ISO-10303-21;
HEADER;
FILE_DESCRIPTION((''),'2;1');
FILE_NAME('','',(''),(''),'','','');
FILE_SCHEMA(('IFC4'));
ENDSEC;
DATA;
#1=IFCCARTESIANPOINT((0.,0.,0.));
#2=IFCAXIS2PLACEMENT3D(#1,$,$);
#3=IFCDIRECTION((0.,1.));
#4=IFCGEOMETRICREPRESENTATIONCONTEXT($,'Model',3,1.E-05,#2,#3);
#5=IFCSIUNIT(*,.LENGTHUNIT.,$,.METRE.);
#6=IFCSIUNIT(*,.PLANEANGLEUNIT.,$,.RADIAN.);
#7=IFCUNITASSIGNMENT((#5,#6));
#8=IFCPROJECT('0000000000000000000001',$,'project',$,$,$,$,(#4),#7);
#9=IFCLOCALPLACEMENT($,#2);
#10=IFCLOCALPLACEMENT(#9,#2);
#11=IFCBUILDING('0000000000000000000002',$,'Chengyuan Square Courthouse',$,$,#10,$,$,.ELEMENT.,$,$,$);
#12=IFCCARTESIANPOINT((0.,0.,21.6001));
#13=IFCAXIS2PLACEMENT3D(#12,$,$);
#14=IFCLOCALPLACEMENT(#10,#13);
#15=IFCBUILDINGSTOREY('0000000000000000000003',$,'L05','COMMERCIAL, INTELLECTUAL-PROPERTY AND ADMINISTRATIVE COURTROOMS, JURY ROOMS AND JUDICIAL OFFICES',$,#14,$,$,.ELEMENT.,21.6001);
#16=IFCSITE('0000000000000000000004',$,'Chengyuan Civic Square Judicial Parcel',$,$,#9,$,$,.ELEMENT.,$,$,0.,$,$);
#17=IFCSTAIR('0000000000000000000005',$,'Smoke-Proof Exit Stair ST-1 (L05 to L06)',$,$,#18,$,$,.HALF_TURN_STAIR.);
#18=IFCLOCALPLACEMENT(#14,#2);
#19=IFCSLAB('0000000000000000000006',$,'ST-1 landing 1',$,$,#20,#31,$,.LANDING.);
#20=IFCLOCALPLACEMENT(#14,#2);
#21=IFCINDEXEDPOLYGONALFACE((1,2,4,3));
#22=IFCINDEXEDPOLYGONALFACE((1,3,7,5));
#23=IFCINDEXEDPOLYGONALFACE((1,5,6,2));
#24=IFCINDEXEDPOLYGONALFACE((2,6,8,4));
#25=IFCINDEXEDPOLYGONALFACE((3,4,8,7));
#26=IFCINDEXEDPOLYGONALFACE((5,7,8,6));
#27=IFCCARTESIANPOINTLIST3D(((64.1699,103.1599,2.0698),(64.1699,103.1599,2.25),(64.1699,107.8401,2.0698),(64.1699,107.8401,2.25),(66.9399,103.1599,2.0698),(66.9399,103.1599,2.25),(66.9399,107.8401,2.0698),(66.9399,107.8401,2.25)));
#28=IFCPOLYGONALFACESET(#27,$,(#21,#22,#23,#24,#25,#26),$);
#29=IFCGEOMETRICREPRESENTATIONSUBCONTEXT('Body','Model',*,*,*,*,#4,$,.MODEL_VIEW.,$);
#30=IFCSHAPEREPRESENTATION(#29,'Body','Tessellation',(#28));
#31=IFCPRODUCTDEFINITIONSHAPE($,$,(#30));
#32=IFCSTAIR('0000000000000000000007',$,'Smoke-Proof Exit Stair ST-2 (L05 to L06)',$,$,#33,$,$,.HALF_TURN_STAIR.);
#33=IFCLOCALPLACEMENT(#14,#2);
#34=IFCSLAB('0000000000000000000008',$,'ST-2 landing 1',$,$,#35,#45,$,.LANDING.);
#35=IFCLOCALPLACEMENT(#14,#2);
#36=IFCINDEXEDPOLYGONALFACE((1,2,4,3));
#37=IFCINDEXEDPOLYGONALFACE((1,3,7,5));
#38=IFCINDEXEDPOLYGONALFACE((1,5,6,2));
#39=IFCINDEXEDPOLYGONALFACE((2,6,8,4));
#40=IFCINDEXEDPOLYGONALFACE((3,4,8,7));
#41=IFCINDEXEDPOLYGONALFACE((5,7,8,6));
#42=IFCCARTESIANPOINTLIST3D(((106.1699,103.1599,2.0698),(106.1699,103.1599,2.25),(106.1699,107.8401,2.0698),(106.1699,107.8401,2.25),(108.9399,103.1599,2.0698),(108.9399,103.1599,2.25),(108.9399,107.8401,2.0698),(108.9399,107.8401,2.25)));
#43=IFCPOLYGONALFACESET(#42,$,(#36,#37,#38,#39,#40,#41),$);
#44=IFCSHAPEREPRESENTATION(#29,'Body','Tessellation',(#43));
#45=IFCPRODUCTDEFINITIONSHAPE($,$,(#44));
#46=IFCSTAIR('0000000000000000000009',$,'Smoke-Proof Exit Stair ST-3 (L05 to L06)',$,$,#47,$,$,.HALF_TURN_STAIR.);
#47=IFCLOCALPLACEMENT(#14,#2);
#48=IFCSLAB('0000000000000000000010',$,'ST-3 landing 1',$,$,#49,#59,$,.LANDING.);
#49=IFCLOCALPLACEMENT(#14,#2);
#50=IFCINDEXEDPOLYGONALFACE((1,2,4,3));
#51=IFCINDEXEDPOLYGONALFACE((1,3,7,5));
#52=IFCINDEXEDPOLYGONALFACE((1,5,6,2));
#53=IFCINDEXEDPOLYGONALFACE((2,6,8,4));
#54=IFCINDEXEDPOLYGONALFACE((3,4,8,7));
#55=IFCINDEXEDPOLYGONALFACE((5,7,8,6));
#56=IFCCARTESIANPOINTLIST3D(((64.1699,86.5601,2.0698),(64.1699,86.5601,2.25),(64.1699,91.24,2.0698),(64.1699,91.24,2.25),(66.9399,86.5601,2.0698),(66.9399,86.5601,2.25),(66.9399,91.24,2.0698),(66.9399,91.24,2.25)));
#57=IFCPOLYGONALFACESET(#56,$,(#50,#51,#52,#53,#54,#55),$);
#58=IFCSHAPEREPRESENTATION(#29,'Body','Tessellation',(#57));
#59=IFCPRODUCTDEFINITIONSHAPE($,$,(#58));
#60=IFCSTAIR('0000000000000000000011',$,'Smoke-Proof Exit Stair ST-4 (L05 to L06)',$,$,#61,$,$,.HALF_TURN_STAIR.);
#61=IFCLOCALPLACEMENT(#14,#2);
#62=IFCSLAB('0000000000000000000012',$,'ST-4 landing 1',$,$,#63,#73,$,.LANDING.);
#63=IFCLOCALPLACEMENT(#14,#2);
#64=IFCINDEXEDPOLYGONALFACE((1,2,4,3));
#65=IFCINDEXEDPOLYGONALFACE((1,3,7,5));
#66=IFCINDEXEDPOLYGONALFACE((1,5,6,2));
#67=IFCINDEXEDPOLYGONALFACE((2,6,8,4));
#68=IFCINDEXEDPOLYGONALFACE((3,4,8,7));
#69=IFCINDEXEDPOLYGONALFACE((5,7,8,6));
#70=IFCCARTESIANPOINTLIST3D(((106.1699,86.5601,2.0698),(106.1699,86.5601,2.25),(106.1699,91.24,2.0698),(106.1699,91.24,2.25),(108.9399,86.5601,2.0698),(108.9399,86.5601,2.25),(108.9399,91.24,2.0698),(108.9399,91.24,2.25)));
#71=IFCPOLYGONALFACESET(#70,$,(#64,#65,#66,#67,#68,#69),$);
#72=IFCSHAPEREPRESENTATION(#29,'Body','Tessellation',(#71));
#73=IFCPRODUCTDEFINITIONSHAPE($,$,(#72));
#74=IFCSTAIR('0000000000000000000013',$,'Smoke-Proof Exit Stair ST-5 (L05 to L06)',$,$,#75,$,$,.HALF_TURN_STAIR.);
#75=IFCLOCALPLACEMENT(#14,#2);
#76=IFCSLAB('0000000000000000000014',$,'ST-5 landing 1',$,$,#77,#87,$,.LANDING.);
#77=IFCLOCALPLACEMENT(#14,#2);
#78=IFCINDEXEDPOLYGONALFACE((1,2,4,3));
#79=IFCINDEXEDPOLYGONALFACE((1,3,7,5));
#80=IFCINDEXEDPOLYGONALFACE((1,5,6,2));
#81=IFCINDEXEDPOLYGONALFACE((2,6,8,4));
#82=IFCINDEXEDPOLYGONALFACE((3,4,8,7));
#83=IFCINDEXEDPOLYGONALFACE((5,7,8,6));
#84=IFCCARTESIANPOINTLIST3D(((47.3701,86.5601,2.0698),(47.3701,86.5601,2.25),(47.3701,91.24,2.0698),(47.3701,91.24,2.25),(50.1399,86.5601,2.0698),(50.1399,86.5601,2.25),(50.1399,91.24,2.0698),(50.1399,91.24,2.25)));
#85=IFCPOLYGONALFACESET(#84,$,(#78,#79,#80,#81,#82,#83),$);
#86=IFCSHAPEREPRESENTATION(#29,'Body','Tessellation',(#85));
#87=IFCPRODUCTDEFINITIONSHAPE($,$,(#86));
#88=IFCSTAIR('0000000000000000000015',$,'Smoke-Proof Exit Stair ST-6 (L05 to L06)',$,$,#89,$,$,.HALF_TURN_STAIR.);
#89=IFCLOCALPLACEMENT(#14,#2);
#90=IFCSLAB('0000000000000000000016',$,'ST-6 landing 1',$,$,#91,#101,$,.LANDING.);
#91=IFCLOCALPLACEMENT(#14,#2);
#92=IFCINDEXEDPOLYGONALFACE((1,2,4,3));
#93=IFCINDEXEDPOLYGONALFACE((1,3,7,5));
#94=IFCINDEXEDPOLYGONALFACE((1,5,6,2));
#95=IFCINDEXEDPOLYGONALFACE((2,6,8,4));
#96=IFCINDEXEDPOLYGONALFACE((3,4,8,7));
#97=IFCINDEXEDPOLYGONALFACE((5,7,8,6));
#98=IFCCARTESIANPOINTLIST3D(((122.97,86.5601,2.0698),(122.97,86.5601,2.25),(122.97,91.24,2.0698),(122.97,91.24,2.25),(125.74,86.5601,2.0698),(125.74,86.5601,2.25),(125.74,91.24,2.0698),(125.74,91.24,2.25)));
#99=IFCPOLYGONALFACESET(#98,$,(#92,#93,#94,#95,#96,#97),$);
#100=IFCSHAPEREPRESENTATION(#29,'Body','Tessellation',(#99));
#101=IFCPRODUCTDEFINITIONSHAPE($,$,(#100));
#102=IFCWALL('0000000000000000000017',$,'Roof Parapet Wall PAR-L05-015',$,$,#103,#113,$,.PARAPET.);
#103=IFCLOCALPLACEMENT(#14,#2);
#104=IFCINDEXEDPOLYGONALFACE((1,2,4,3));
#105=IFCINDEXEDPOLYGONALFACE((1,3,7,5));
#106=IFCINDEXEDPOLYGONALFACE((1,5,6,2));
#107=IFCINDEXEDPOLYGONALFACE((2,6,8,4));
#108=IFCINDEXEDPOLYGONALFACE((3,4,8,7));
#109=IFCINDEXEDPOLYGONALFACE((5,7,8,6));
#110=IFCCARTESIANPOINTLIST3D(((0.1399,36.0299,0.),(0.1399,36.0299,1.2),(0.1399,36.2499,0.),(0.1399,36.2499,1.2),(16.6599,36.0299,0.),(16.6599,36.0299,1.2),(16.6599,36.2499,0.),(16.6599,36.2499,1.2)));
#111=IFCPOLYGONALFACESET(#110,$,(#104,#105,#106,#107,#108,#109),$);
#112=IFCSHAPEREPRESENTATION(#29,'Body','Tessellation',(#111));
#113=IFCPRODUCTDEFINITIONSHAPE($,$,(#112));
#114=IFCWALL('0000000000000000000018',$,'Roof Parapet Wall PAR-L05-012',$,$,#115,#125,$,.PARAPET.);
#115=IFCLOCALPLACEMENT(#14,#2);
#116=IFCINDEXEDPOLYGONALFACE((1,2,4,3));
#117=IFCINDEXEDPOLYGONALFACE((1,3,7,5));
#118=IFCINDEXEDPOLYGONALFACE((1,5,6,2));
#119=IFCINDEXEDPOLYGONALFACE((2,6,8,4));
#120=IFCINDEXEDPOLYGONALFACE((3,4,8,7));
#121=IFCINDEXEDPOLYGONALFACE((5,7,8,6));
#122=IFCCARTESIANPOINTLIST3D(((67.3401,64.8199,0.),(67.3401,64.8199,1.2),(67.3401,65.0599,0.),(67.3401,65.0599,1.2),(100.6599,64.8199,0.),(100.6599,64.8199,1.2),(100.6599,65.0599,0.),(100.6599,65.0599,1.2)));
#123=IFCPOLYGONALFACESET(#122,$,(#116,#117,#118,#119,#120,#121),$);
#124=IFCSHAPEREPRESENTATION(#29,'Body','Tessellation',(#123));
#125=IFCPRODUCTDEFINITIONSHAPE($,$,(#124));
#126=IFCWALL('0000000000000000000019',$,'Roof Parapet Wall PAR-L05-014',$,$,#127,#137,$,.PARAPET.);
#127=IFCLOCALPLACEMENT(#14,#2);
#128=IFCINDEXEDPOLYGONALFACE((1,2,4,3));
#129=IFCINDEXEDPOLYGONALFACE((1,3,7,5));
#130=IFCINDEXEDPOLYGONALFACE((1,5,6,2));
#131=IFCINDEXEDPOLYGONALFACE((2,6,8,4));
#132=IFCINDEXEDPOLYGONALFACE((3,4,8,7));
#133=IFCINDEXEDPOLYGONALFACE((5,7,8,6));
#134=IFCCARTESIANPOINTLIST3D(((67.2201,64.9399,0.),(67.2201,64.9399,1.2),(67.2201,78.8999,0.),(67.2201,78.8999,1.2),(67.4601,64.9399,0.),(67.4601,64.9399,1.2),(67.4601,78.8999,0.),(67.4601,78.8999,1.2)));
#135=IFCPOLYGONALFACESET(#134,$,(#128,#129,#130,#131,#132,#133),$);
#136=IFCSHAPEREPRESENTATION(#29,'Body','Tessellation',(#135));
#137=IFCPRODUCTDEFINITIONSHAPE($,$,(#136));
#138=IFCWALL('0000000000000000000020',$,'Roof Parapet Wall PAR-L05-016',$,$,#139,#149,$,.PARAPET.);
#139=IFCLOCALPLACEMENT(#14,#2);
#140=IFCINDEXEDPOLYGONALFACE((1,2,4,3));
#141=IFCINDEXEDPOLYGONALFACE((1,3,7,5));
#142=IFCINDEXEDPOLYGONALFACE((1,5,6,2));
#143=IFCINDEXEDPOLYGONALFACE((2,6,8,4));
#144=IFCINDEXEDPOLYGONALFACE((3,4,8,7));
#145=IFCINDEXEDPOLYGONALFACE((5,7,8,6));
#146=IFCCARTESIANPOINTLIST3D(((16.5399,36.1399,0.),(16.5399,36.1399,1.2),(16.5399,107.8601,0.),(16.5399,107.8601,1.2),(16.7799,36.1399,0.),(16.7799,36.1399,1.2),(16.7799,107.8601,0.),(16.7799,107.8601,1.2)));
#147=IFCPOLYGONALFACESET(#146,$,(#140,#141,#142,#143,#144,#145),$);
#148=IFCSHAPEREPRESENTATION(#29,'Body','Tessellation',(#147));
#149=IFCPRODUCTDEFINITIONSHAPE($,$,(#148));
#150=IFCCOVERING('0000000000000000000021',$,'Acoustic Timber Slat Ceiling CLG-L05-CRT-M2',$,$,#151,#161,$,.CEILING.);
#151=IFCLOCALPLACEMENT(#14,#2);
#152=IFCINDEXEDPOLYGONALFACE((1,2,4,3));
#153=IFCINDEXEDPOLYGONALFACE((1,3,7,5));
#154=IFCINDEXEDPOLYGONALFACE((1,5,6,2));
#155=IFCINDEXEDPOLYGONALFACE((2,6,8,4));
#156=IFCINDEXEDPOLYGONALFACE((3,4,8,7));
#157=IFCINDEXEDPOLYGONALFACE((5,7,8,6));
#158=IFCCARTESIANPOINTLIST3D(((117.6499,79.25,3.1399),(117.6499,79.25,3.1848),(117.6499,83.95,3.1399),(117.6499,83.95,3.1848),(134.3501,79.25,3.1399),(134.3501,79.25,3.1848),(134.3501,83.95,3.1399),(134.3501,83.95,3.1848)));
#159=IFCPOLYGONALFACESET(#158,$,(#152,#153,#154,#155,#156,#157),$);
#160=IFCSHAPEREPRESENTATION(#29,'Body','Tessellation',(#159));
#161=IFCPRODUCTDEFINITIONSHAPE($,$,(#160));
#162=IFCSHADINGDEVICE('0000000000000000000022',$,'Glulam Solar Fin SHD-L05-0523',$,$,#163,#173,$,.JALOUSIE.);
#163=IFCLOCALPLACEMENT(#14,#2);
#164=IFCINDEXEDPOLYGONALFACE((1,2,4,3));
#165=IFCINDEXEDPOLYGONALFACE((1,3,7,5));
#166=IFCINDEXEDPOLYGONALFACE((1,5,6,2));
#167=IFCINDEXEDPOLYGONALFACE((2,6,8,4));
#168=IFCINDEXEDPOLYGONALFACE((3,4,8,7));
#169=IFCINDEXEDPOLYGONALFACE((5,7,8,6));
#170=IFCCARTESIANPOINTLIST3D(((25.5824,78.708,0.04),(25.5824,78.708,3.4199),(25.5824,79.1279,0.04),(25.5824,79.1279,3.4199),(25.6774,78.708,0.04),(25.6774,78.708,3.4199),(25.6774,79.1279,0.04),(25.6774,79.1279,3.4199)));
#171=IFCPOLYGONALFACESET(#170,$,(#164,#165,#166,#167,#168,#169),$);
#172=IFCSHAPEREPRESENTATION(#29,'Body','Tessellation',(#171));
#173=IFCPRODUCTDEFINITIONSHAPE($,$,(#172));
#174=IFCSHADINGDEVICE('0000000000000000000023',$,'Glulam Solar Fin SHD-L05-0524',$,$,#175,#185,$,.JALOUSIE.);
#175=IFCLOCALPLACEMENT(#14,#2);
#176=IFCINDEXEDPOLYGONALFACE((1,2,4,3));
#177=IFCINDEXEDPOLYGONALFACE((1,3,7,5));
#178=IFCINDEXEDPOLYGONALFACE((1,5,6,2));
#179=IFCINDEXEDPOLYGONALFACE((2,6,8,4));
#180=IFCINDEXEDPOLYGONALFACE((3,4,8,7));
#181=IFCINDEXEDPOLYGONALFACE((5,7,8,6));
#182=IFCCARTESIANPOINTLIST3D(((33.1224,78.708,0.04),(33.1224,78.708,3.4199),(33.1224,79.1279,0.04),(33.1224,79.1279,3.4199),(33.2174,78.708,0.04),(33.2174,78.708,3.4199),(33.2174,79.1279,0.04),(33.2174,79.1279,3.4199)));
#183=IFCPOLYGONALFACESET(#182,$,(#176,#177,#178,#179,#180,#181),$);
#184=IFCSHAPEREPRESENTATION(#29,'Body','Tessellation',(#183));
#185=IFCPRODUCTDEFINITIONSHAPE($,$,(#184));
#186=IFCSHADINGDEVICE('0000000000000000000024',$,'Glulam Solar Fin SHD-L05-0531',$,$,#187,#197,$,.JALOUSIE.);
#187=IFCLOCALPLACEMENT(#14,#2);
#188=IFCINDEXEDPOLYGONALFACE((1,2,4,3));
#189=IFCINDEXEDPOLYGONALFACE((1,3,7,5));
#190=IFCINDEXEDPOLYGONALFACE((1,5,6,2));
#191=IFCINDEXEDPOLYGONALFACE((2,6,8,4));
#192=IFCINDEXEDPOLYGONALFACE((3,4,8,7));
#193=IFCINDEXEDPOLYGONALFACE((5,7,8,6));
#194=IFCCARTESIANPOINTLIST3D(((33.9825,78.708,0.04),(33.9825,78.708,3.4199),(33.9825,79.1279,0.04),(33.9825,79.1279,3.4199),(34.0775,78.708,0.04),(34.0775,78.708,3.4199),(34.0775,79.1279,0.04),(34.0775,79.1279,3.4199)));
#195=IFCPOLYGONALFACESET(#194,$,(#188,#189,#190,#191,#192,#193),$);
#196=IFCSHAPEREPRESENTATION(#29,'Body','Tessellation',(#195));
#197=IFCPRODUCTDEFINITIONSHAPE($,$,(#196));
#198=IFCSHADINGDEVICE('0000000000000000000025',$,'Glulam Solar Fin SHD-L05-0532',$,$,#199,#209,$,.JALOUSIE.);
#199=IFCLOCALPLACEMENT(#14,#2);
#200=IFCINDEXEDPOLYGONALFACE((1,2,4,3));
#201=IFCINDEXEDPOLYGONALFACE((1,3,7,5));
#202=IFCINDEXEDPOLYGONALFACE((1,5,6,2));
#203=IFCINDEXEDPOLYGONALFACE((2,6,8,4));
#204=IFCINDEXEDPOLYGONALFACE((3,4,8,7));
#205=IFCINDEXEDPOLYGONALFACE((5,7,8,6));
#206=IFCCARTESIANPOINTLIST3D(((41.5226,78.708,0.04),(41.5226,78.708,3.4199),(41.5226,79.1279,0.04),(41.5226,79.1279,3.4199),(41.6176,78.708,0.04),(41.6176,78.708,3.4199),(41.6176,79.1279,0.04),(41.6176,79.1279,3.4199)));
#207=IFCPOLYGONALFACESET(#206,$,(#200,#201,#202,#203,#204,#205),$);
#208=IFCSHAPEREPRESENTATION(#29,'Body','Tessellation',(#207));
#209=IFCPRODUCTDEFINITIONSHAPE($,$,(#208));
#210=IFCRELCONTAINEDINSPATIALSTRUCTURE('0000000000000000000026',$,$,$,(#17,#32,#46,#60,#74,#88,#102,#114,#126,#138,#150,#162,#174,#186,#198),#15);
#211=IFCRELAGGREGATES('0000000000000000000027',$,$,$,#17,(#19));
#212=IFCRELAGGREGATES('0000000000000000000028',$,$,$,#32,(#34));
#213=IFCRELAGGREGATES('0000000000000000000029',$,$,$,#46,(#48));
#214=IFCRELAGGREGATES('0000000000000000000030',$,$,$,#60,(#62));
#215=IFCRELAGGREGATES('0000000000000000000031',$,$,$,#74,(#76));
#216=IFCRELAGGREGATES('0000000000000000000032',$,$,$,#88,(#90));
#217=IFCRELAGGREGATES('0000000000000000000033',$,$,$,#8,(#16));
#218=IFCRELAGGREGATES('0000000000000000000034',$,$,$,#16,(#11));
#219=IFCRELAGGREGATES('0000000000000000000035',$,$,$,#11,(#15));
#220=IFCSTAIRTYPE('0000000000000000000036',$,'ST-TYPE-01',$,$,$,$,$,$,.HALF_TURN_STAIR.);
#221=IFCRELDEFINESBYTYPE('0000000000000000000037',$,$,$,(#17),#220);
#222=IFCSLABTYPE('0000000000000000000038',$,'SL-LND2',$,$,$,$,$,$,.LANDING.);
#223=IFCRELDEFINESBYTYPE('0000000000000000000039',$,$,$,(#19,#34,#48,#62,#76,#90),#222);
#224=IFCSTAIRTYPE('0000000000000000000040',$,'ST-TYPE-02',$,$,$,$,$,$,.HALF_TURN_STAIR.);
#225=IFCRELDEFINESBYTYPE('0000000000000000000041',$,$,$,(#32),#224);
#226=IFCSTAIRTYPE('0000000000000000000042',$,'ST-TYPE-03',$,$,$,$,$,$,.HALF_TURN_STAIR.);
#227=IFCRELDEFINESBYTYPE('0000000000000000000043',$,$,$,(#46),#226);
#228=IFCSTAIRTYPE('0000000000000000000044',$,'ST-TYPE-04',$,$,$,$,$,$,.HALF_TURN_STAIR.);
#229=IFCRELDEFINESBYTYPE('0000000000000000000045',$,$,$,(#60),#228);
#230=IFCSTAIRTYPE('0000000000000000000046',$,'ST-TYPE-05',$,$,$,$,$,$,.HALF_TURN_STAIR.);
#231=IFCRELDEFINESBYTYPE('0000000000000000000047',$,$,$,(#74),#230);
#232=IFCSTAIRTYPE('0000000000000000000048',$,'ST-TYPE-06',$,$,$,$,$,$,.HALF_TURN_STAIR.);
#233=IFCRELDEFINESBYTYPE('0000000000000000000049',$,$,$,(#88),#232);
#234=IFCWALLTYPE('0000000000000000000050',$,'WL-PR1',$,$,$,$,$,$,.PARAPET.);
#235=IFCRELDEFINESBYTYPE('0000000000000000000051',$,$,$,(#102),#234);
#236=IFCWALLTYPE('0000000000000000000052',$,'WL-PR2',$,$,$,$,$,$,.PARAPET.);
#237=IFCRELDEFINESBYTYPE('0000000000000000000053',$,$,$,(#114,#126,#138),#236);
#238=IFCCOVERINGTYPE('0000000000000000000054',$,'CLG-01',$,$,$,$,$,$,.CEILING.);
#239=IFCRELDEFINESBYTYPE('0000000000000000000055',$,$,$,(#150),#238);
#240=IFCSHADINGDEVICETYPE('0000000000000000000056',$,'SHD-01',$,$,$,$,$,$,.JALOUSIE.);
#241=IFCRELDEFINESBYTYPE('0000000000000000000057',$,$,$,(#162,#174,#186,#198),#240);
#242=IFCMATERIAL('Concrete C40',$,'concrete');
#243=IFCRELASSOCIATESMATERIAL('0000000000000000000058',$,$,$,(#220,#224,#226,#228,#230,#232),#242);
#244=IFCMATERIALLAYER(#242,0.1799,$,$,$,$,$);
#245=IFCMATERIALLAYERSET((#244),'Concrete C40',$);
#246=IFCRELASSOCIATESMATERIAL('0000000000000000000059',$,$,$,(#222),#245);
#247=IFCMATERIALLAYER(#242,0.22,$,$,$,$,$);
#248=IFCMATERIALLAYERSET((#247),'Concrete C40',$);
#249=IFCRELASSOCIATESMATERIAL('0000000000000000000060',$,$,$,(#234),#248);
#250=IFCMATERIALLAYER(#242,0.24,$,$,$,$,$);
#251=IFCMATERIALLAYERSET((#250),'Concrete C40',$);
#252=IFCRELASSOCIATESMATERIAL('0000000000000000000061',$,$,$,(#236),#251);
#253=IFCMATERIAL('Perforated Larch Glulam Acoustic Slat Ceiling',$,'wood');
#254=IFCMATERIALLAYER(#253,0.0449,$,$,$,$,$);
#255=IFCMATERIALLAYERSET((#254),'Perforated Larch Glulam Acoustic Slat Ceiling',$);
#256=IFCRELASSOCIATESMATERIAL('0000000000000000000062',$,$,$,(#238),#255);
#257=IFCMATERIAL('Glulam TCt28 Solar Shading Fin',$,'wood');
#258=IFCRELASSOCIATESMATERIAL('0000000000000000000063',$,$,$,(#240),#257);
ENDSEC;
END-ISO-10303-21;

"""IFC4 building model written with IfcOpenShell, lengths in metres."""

from ifc_helpers import new_model, si_unit, direction, frame, frame_2d, origin, origin_2d, place, context, subcontext, project, spatial, polyline, rectangle, outline, extrude, material, layer, layer_set, type_object, element, aggregate, save


model = new_model("IFC4")

# Units and contexts
model_context = context("Model", 3, precision=1e-05, world=origin(), true_north=direction((0.0, 1.0)))
body_context = subcontext(model_context, "Body", "Model", "MODEL_VIEW")
ifc_project = project(units=[si_unit("LENGTHUNIT", "METRE"), si_unit("PLANEANGLEUNIT", "RADIAN")], contexts=[model_context])

# Site, building, storey
site_placement = place(None, origin())
site = spatial("IfcSite", under=ifc_project, at=site_placement, Name="Chengyuan Civic Square Judicial Parcel", CompositionType="ELEMENT", RefElevation=0.0)
building_placement = place(site_placement, origin())
building = spatial("IfcBuilding", under=site, at=building_placement, Name="Chengyuan Square Courthouse", CompositionType="ELEMENT")
storey_placement = place(building_placement, frame((0.0, 0.0, 21.6001)))
storey = spatial("IfcBuildingStorey", under=building, at=storey_placement, Name="L05", Description="COMMERCIAL, INTELLECTUAL-PROPERTY AND ADMINISTRATIVE COURTROOMS, JURY ROOMS AND JUDICIAL OFFICES", CompositionType="ELEMENT", Elevation=21.6001)

# Stairs, slabs
ifc_material_1 = material(Name="Concrete C40", Category="concrete")
stair_type_1 = type_object("IfcStairType", Name="ST-TYPE-01", PredefinedType="HALF_TURN_STAIR", material=ifc_material_1)
stair_1_placement = place(storey_placement, origin())
stair_1 = element("IfcStair", 1, at=stair_1_placement, inside=storey, type_object=stair_type_1, Name="Smoke-Proof Exit Stair ST-1 (L05 to L06)", PredefinedType="HALF_TURN_STAIR")
ifc_layer_1 = layer(ifc_material_1, 0.1799)
ifc_layer_set_1 = layer_set([ifc_layer_1], Name="Concrete C40")
slab_type = type_object("IfcSlabType", Name="SL-LND2", PredefinedType="LANDING", material=ifc_layer_set_1)
slab_1_placement = place(storey_placement, frame((0.0, 0.0, 2.0698)))
slab_1 = element("IfcSlab", 2, at=slab_1_placement, type_object=slab_type, Name="ST-1 landing 1", PredefinedType="LANDING", context=body_context, shape_type="SweptSolid", body=[
    extrude(outline(polyline([(64.1699, 103.1599), (66.9399, 103.1599), (66.9399, 107.8401), (64.1699, 107.8401), (64.1699, 103.1599)])), origin(), (0.0, 0.0, 1.0), 0.1802),
])
aggregate(stair_1, [slab_1])
stair_type_2 = type_object("IfcStairType", Name="ST-TYPE-02", PredefinedType="HALF_TURN_STAIR", material=ifc_material_1)
stair_2_placement = place(storey_placement, origin())
stair_2 = element("IfcStair", 3, at=stair_2_placement, inside=storey, type_object=stair_type_2, Name="Smoke-Proof Exit Stair ST-2 (L05 to L06)", PredefinedType="HALF_TURN_STAIR")
slab_2_placement = place(storey_placement, frame((0.0, 0.0, 2.0698)))
slab_2 = element("IfcSlab", 4, at=slab_2_placement, type_object=slab_type, Name="ST-2 landing 1", PredefinedType="LANDING", context=body_context, shape_type="SweptSolid", body=[
    extrude(outline(polyline([(106.1699, 103.1599), (108.9399, 103.1599), (108.9399, 107.8401), (106.1699, 107.8401), (106.1699, 103.1599)])), origin(), (0.0, 0.0, 1.0), 0.1802),
])
aggregate(stair_2, [slab_2])
stair_type_3 = type_object("IfcStairType", Name="ST-TYPE-03", PredefinedType="HALF_TURN_STAIR", material=ifc_material_1)
stair_3_placement = place(storey_placement, origin())
stair_3 = element("IfcStair", 5, at=stair_3_placement, inside=storey, type_object=stair_type_3, Name="Smoke-Proof Exit Stair ST-3 (L05 to L06)", PredefinedType="HALF_TURN_STAIR")
slab_3_placement = place(storey_placement, frame((0.0, 0.0, 2.0698)))
slab_3 = element("IfcSlab", 6, at=slab_3_placement, type_object=slab_type, Name="ST-3 landing 1", PredefinedType="LANDING", context=body_context, shape_type="SweptSolid", body=[
    extrude(outline(polyline([(64.1699, 86.5601), (66.9399, 86.5601), (66.9399, 91.24), (64.1699, 91.24), (64.1699, 86.5601)])), origin(), (0.0, 0.0, 1.0), 0.1802),
])
aggregate(stair_3, [slab_3])
stair_type_4 = type_object("IfcStairType", Name="ST-TYPE-04", PredefinedType="HALF_TURN_STAIR", material=ifc_material_1)
stair_4_placement = place(storey_placement, origin())
stair_4 = element("IfcStair", 7, at=stair_4_placement, inside=storey, type_object=stair_type_4, Name="Smoke-Proof Exit Stair ST-4 (L05 to L06)", PredefinedType="HALF_TURN_STAIR")
slab_4_placement = place(storey_placement, frame((0.0, 0.0, 2.0698)))
slab_4 = element("IfcSlab", 8, at=slab_4_placement, type_object=slab_type, Name="ST-4 landing 1", PredefinedType="LANDING", context=body_context, shape_type="SweptSolid", body=[
    extrude(outline(polyline([(106.1699, 86.5601), (108.9399, 86.5601), (108.9399, 91.24), (106.1699, 91.24), (106.1699, 86.5601)])), origin(), (0.0, 0.0, 1.0), 0.1802),
])
aggregate(stair_4, [slab_4])
stair_type_5 = type_object("IfcStairType", Name="ST-TYPE-05", PredefinedType="HALF_TURN_STAIR", material=ifc_material_1)
stair_5_placement = place(storey_placement, origin())
stair_5 = element("IfcStair", 9, at=stair_5_placement, inside=storey, type_object=stair_type_5, Name="Smoke-Proof Exit Stair ST-5 (L05 to L06)", PredefinedType="HALF_TURN_STAIR")
slab_5_placement = place(storey_placement, frame((0.0, 0.0, 2.0698)))
slab_5 = element("IfcSlab", 10, at=slab_5_placement, type_object=slab_type, Name="ST-5 landing 1", PredefinedType="LANDING", context=body_context, shape_type="SweptSolid", body=[
    extrude(outline(polyline([(47.3701, 86.5601), (50.1399, 86.5601), (50.1399, 91.24), (47.3701, 91.24), (47.3701, 86.5601)])), origin(), (0.0, 0.0, 1.0), 0.1802),
])
aggregate(stair_5, [slab_5])
stair_type_6 = type_object("IfcStairType", Name="ST-TYPE-06", PredefinedType="HALF_TURN_STAIR", material=ifc_material_1)
stair_6_placement = place(storey_placement, origin())
stair_6 = element("IfcStair", 11, at=stair_6_placement, inside=storey, type_object=stair_type_6, Name="Smoke-Proof Exit Stair ST-6 (L05 to L06)", PredefinedType="HALF_TURN_STAIR")
slab_6_placement = place(storey_placement, frame((0.0, 0.0, 2.0698)))
slab_6 = element("IfcSlab", 12, at=slab_6_placement, type_object=slab_type, Name="ST-6 landing 1", PredefinedType="LANDING", context=body_context, shape_type="SweptSolid", body=[
    extrude(outline(polyline([(122.97, 86.5601), (125.74, 86.5601), (125.74, 91.24), (122.97, 91.24), (122.97, 86.5601)])), origin(), (0.0, 0.0, 1.0), 0.1802),
])
aggregate(stair_6, [slab_6])

# Walls
ifc_layer_2 = layer(ifc_material_1, 0.22)
ifc_layer_set_2 = layer_set([ifc_layer_2], Name="Concrete C40")
wall_type_1 = type_object("IfcWallType", Name="WL-PR1", PredefinedType="PARAPET", material=ifc_layer_set_2)
wall_1_placement = place(storey_placement, frame((0.1399, 36.1399, 0.0), z_axis=(0.0, 0.0, 1.0), x_axis=(1.0, 0.0, 0.0)))
element("IfcWall", 13, at=wall_1_placement, inside=storey, type_object=wall_type_1, Name="Roof Parapet Wall PAR-L05-015", PredefinedType="PARAPET", context=body_context, shape_type="SweptSolid", body=[
    extrude(rectangle(XDim=16.52, YDim=0.22, at=frame_2d((8.26, 0.0))), origin(), (0.0, 0.0, 1.0), 1.2),
])
ifc_layer_3 = layer(ifc_material_1, 0.24)
ifc_layer_set_3 = layer_set([ifc_layer_3], Name="Concrete C40")
wall_type_2 = type_object("IfcWallType", Name="WL-PR2", PredefinedType="PARAPET", material=ifc_layer_set_3)
wall_2_placement = place(storey_placement, frame((67.3401, 64.9399, 0.0), z_axis=(0.0, 0.0, 1.0), x_axis=(1.0, 0.0, 0.0)))
element("IfcWall", 14, at=wall_2_placement, inside=storey, type_object=wall_type_2, Name="Roof Parapet Wall PAR-L05-012", PredefinedType="PARAPET", context=body_context, shape_type="SweptSolid", body=[
    extrude(rectangle(XDim=33.3198, YDim=0.24, at=frame_2d((16.6599, 0.0))), origin(), (0.0, 0.0, 1.0), 1.2),
])
wall_3_placement = place(storey_placement, frame((67.3401, 78.8999, 0.0), z_axis=(0.0, 0.0, 1.0), x_axis=(0.0, -1.0, 0.0)))
element("IfcWall", 15, at=wall_3_placement, inside=storey, type_object=wall_type_2, Name="Roof Parapet Wall PAR-L05-014", PredefinedType="PARAPET", context=body_context, shape_type="SweptSolid", body=[
    extrude(rectangle(XDim=13.96, YDim=0.24, at=frame_2d((6.98, 0.0))), origin(), (0.0, 0.0, 1.0), 1.2),
])
wall_4_placement = place(storey_placement, frame((16.6599, 36.1399, 0.0), z_axis=(0.0, 0.0, 1.0), x_axis=(0.0, 1.0, 0.0)))
element("IfcWall", 16, at=wall_4_placement, inside=storey, type_object=wall_type_2, Name="Roof Parapet Wall PAR-L05-016", PredefinedType="PARAPET", context=body_context, shape_type="SweptSolid", body=[
    extrude(rectangle(XDim=71.7202, YDim=0.24, at=frame_2d((35.8601, 0.0))), origin(), (0.0, 0.0, 1.0), 1.2),
])

# Covering
ifc_material_2 = material(Name="Perforated Larch Glulam Acoustic Slat Ceiling", Category="wood")
ifc_layer_4 = layer(ifc_material_2, 0.0449)
ifc_layer_set_4 = layer_set([ifc_layer_4], Name="Perforated Larch Glulam Acoustic Slat Ceiling")
covering_type = type_object("IfcCoveringType", Name="CLG-01", PredefinedType="CEILING", material=ifc_layer_set_4)
covering_placement = place(storey_placement, frame((0.0, 0.0, 3.1399)))
element("IfcCovering", 17, at=covering_placement, inside=storey, type_object=covering_type, Name="Acoustic Timber Slat Ceiling CLG-L05-CRT-M2", PredefinedType="CEILING", context=body_context, shape_type="SweptSolid", body=[
    extrude(outline(polyline([(117.6499, 79.25), (134.3501, 79.25), (134.3501, 83.95), (117.6499, 83.95), (117.6499, 79.25)])), origin(), (0.0, 0.0, 1.0), 0.0449),
])

# Shading devices
ifc_material_3 = material(Name="Glulam TCt28 Solar Shading Fin", Category="wood")
shading_device_type_1 = type_object("IfcShadingDeviceType", Name="SHD-01", PredefinedType="JALOUSIE", material=ifc_material_3)
for number, where, z_axis, x_axis, name in (
    (18, (25.6299, 78.918, 0.04), (0.0, 0.0, 1.0), (0.0, 1.0, 0.0), "Glulam Solar Fin SHD-L05-0523"),
    (19, (33.1699, 78.918, 0.04), (0.0, 0.0, 1.0), (0.0, 1.0, 0.0), "Glulam Solar Fin SHD-L05-0524"),
    (20, (34.03, 78.918, 0.04), (0.0, 0.0, 1.0), (0.0, 1.0, 0.0), "Glulam Solar Fin SHD-L05-0531"),
    (21, (41.5701, 78.918, 0.04), (0.0, 0.0, 1.0), (0.0, 1.0, 0.0), "Glulam Solar Fin SHD-L05-0532"),
):
    element("IfcShadingDevice", number, at=place(storey_placement, frame(where, z_axis=z_axis, x_axis=x_axis)), inside=storey, type_object=shading_device_type_1, Name=name, PredefinedType="JALOUSIE", context=body_context, shape_type="SweptSolid", body=[
        extrude(rectangle(XDim=0.4199, YDim=0.095, at=origin_2d()), origin(), (0.0, 0.0, 1.0), 3.3799),
    ])

save(model, "model.ifc")
